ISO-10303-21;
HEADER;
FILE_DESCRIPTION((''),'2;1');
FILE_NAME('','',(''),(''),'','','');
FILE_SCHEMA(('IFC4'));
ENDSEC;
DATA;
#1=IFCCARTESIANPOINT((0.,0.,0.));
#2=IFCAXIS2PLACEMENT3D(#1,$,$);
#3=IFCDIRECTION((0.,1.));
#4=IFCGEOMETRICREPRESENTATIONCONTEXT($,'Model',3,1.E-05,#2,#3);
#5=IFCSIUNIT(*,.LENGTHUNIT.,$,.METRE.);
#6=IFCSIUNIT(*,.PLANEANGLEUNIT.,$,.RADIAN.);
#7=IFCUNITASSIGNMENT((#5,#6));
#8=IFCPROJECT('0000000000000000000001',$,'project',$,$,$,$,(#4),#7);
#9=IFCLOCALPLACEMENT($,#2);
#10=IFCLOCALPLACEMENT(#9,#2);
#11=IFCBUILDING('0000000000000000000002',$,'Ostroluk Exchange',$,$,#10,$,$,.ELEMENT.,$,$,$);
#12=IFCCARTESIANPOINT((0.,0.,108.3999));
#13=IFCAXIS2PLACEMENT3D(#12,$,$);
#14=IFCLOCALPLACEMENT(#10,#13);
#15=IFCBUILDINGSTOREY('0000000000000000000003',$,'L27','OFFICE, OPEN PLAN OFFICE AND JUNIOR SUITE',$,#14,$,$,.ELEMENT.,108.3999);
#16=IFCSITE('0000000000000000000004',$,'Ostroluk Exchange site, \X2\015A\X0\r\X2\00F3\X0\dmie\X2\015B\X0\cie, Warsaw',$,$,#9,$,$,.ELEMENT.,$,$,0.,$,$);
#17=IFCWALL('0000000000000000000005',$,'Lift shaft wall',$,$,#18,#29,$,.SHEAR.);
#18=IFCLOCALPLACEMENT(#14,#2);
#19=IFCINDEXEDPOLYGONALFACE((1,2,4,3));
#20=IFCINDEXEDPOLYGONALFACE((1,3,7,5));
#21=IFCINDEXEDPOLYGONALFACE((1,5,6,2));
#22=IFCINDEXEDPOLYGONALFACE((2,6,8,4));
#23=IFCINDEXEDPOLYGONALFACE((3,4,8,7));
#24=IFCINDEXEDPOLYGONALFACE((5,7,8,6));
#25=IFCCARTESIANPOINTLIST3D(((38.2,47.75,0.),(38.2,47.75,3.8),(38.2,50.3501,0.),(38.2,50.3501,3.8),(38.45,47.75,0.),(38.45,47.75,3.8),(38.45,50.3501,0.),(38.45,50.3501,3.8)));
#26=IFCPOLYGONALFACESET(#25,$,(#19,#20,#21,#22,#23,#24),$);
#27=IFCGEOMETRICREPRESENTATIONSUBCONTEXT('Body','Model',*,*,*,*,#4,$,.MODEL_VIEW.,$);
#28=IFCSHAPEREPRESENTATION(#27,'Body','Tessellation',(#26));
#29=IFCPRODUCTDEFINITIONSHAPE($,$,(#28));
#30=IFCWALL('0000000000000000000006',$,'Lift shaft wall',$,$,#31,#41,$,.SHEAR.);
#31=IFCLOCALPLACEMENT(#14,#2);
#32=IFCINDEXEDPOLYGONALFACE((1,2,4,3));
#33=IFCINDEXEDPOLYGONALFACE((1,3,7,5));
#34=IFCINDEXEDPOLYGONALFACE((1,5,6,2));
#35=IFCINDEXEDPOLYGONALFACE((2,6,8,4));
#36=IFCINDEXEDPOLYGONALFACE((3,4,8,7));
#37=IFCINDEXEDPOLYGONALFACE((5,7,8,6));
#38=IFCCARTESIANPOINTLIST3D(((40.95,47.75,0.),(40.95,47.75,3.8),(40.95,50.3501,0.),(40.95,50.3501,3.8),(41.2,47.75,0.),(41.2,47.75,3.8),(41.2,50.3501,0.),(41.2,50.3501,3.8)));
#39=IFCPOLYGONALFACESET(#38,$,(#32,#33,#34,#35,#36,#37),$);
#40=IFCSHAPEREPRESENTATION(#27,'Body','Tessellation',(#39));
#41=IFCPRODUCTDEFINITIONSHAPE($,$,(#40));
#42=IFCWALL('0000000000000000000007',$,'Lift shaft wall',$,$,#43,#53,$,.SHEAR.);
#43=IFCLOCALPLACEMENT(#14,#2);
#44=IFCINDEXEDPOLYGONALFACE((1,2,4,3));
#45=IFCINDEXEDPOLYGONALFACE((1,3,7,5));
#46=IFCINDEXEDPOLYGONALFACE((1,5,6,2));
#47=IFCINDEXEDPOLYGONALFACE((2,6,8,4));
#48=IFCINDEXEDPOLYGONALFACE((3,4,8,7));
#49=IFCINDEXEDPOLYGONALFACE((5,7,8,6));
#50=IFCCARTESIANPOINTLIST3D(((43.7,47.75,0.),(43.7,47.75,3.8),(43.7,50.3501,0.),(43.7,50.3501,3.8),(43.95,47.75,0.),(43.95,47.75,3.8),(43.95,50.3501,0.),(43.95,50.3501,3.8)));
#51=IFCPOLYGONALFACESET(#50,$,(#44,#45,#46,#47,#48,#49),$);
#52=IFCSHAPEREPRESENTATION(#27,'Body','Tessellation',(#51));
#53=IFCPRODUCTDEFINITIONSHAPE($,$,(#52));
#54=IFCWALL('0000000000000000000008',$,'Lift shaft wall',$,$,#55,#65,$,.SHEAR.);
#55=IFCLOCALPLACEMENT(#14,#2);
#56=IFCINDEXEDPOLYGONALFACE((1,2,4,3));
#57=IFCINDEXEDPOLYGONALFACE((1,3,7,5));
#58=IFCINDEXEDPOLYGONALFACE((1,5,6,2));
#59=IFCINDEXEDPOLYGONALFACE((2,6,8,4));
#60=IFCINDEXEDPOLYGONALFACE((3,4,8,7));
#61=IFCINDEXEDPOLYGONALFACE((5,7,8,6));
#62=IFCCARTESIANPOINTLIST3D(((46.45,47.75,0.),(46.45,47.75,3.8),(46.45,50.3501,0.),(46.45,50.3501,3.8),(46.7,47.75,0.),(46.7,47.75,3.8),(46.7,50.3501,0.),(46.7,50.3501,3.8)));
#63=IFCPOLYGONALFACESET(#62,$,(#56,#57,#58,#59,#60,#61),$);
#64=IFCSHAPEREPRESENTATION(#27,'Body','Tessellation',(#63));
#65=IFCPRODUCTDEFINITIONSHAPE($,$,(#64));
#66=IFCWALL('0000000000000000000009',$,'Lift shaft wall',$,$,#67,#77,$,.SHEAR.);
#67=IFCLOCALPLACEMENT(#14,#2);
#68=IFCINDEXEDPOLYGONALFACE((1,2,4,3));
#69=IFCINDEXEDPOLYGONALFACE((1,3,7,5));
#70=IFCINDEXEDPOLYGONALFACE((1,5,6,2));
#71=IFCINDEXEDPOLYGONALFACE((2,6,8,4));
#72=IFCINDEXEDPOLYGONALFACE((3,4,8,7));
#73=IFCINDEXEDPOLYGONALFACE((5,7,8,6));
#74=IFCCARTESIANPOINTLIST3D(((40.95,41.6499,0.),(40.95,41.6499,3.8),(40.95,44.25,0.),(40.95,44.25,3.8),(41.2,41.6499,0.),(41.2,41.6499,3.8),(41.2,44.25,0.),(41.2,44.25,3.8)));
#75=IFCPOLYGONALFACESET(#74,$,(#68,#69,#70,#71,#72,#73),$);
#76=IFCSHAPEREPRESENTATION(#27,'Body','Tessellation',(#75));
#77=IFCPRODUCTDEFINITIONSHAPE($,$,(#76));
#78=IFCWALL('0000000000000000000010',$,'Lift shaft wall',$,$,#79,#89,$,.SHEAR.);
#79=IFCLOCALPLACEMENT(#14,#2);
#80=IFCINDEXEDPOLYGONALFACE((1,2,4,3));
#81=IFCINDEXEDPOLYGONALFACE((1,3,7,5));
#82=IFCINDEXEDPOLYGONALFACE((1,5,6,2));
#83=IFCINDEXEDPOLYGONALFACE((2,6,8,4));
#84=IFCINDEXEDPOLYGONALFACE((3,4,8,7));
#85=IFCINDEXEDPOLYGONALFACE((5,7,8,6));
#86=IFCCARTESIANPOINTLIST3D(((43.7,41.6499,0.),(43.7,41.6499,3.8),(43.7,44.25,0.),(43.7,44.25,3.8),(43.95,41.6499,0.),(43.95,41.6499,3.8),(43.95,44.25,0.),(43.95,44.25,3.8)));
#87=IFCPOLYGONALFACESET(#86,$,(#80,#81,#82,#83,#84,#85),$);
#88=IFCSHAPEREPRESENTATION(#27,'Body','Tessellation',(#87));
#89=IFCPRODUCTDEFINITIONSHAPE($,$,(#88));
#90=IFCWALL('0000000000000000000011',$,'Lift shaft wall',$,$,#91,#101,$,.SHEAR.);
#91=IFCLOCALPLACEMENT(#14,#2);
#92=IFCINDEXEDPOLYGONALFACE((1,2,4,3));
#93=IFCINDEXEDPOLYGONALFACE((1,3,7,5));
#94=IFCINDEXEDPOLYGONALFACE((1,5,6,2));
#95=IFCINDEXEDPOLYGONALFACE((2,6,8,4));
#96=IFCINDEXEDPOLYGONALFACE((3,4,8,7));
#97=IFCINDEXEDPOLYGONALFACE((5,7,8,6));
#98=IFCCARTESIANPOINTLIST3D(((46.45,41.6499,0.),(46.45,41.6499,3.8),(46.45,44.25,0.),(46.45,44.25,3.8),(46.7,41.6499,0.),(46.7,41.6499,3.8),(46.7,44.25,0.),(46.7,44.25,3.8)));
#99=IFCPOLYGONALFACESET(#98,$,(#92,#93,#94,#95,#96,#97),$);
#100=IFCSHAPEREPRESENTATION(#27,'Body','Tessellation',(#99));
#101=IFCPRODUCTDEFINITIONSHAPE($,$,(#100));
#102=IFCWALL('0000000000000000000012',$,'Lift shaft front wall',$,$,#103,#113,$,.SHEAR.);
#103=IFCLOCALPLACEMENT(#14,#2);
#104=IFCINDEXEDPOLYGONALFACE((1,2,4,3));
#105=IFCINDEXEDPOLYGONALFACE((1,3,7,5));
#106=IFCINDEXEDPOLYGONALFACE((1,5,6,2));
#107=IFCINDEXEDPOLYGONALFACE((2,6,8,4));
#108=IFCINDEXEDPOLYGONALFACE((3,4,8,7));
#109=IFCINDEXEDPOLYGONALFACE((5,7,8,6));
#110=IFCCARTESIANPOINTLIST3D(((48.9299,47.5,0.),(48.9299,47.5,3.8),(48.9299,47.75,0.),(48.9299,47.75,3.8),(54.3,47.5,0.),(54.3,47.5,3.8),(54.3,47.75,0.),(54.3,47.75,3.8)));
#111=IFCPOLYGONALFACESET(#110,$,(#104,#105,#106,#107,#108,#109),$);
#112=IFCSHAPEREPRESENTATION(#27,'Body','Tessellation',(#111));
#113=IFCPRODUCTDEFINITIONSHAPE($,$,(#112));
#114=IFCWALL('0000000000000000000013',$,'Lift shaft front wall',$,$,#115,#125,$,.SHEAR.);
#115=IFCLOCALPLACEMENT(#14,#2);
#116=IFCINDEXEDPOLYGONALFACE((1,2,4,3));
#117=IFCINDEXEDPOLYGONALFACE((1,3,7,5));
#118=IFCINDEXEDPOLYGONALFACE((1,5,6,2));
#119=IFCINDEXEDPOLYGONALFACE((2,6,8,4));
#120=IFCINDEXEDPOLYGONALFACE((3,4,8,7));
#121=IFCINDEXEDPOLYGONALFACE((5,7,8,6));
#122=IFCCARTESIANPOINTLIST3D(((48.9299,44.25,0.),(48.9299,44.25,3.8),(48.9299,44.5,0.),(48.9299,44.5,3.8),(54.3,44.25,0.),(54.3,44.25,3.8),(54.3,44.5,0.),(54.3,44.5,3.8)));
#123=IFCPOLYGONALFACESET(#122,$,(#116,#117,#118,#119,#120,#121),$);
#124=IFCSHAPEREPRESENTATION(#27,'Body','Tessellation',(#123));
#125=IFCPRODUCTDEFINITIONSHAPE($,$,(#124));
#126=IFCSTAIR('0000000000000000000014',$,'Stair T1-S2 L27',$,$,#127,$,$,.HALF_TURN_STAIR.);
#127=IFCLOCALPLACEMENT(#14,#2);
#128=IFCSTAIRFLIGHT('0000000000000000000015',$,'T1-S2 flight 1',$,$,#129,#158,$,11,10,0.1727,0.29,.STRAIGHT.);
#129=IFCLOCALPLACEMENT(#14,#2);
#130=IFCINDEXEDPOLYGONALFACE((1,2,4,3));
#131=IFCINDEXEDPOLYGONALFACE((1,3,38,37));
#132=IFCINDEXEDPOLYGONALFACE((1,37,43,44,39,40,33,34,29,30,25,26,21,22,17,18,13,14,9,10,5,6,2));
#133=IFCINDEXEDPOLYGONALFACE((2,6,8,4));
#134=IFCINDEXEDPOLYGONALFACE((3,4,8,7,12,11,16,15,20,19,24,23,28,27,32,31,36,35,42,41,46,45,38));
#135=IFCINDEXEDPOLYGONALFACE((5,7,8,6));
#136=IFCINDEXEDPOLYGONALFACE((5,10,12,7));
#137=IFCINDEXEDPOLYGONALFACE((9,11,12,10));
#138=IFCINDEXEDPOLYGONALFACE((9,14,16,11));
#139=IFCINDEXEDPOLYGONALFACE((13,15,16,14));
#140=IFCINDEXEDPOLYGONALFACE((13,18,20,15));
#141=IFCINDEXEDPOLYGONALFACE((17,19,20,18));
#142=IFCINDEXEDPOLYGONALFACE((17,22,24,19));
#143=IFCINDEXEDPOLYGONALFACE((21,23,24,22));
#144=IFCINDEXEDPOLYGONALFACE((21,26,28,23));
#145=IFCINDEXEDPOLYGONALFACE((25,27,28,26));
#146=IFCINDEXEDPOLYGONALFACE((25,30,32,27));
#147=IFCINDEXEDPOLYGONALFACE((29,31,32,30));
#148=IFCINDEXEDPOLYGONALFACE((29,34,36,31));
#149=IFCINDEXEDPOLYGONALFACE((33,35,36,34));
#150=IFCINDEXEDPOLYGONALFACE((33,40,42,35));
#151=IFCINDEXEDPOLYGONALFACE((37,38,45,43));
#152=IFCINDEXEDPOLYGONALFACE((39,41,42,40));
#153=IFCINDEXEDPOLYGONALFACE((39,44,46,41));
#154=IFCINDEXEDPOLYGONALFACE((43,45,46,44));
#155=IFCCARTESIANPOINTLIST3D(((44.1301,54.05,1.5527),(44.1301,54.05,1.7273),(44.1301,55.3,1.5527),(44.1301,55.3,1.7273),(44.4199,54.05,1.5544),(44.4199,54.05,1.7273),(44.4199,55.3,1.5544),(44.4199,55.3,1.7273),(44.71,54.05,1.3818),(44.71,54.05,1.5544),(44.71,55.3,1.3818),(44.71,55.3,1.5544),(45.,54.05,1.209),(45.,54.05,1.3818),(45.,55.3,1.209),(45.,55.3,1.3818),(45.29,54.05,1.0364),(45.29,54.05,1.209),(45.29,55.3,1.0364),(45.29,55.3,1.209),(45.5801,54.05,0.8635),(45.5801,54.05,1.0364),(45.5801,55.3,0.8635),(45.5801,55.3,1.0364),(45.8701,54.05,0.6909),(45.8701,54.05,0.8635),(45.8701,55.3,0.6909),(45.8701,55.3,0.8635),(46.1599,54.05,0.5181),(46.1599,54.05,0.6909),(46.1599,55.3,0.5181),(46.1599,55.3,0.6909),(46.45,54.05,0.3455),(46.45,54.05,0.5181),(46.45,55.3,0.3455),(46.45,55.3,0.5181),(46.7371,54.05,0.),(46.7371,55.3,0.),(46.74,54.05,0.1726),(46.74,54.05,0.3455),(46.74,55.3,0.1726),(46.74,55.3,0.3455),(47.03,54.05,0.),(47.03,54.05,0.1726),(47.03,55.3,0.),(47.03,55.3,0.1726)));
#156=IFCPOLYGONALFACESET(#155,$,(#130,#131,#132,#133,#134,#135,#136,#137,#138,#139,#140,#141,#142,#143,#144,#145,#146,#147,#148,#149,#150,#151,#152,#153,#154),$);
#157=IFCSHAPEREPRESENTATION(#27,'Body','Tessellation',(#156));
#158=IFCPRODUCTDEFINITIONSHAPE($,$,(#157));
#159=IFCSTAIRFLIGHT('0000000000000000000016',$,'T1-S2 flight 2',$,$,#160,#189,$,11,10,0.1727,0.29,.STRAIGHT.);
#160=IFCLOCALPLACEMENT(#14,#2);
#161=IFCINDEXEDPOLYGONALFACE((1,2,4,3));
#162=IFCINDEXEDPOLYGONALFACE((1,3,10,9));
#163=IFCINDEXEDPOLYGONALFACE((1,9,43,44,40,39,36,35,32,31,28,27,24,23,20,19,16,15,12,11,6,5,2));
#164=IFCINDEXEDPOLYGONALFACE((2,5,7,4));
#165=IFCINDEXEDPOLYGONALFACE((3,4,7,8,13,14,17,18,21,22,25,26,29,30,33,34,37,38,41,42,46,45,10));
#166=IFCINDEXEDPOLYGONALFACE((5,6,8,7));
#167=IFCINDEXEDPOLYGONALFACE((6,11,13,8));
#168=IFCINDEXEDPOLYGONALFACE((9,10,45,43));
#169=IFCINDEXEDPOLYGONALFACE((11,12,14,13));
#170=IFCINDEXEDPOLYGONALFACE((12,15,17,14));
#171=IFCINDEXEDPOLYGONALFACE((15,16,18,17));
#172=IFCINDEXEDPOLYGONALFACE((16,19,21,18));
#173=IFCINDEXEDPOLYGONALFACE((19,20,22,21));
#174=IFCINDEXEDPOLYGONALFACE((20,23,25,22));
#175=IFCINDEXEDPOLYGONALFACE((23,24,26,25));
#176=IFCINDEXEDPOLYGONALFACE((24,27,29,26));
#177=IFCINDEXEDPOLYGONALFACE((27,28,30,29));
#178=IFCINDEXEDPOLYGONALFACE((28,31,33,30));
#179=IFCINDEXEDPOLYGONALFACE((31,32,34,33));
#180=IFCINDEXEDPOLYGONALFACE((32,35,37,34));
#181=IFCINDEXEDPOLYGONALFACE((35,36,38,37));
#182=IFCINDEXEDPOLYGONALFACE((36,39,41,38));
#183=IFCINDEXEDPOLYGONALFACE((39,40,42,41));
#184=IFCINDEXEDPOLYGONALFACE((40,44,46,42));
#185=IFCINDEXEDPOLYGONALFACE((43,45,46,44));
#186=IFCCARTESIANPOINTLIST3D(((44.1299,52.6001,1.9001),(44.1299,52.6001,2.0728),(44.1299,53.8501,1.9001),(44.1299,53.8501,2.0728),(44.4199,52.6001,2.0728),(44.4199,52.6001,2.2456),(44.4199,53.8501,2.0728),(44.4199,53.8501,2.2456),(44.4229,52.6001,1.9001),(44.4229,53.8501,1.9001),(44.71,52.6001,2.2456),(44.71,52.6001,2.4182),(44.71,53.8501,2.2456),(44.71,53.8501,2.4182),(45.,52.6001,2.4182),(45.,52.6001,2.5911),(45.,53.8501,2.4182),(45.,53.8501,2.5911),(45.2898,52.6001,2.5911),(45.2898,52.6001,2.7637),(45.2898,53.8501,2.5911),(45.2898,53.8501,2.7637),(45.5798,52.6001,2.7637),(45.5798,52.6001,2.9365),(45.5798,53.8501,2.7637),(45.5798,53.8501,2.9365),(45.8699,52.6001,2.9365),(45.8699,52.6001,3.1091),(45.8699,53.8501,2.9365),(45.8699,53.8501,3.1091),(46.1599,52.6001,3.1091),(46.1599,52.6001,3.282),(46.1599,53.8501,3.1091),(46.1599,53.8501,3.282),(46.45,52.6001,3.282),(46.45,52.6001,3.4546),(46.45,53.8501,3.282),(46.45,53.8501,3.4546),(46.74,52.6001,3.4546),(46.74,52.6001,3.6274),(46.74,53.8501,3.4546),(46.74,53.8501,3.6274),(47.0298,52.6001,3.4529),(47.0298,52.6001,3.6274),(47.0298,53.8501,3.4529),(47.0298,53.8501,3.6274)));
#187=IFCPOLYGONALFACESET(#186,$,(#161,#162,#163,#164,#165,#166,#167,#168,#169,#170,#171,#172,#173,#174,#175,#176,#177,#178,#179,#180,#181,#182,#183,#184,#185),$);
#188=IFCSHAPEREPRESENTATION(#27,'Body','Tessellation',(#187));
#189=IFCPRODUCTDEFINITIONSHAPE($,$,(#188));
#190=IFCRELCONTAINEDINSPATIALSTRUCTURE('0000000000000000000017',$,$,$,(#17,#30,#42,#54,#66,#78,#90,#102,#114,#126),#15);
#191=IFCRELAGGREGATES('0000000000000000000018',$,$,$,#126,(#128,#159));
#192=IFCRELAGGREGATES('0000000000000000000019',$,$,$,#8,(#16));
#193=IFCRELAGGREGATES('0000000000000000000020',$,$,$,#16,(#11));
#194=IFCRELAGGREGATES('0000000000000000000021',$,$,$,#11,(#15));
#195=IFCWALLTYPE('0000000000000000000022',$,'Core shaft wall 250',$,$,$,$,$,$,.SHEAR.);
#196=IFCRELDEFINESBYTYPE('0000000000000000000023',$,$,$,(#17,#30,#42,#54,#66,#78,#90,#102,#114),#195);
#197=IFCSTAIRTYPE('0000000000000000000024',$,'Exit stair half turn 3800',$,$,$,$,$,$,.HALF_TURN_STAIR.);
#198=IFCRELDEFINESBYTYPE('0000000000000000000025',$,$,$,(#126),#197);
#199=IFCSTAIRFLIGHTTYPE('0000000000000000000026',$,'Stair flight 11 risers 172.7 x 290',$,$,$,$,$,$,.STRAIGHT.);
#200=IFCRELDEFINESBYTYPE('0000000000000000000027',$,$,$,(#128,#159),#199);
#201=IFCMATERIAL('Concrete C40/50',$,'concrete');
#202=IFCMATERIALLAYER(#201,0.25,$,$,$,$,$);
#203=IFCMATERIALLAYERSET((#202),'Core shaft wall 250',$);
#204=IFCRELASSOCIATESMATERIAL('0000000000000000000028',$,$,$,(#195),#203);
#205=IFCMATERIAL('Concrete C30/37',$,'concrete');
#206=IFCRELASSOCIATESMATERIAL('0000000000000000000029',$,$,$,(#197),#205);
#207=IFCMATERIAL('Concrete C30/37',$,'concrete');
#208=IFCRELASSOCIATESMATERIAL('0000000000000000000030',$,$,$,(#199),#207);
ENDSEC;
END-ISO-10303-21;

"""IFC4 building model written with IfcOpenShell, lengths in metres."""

from ifc_helpers import new_model, si_unit, direction, frame, frame_2d, origin, place, context, subcontext, project, spatial, polyline, rectangle, outline, extrude, material, layer, layer_set, type_object, element, aggregate, save


model = new_model("IFC4")

# Units and contexts
model_context = context("Model", 3, precision=1e-05, world=origin(), true_north=direction((0.0, 1.0)))
body_context = subcontext(model_context, "Body", "Model", "MODEL_VIEW")
ifc_project = project(units=[si_unit("LENGTHUNIT", "METRE"), si_unit("PLANEANGLEUNIT", "RADIAN")], contexts=[model_context])

# Site, building, storey
site_placement = place(None, origin())
site = spatial("IfcSite", under=ifc_project, at=site_placement, Name="Ostroluk Exchange site, Śródmieście, Warsaw", CompositionType="ELEMENT", RefElevation=0.0)
building_placement = place(site_placement, origin())
building = spatial("IfcBuilding", under=site, at=building_placement, Name="Ostroluk Exchange", CompositionType="ELEMENT")
storey_placement = place(building_placement, frame((0.0, 0.0, 108.3999)))
storey = spatial("IfcBuildingStorey", under=building, at=storey_placement, Name="L27", Description="OFFICE, OPEN PLAN OFFICE AND JUNIOR SUITE", CompositionType="ELEMENT", Elevation=108.3999)

# Walls
ifc_material_1 = material(Name="Concrete C40/50", Category="concrete")
ifc_layer_1 = layer(ifc_material_1, 0.25)
ifc_layer_set_1 = layer_set([ifc_layer_1], Name="Core shaft wall 250")
wall_type_1 = type_object("IfcWallType", Name="Core shaft wall 250", PredefinedType="SHEAR", material=ifc_layer_set_1)
for number, where, z_axis, x_axis, name in (
    (1, (38.325, 47.75, 0.0), (0.0, 0.0, 1.0), (0.0, 1.0, 0.0), "Lift shaft wall"),
    (2, (41.075, 47.75, 0.0), (0.0, 0.0, 1.0), (0.0, 1.0, 0.0), "Lift shaft wall"),
    (3, (43.825, 47.75, 0.0), (0.0, 0.0, 1.0), (0.0, 1.0, 0.0), "Lift shaft wall"),
    (4, (46.575, 47.75, 0.0), (0.0, 0.0, 1.0), (0.0, 1.0, 0.0), "Lift shaft wall"),
    (5, (41.075, 44.25, 0.0), (0.0, 0.0, 1.0), (0.0, -1.0, 0.0), "Lift shaft wall"),
    (6, (43.825, 44.25, 0.0), (0.0, 0.0, 1.0), (0.0, -1.0, 0.0), "Lift shaft wall"),
    (7, (46.575, 44.25, 0.0), (0.0, 0.0, 1.0), (0.0, -1.0, 0.0), "Lift shaft wall"),
):
    element("IfcWall", number, at=place(storey_placement, frame(where, z_axis=z_axis, x_axis=x_axis)), inside=storey, type_object=wall_type_1, Name=name, PredefinedType="SHEAR", context=body_context, shape_type="SweptSolid", body=[
        extrude(rectangle(XDim=2.6001, YDim=0.25, at=frame_2d((1.3, 0.0))), origin(), (0.0, 0.0, 1.0), 3.8),
    ])
for number, where, z_axis, x_axis, name in (
    (8, (48.9299, 47.625, 0.0), (0.0, 0.0, 1.0), (1.0, 0.0, 0.0), "Lift shaft front wall"),
    (9, (48.9299, 44.375, 0.0), (0.0, 0.0, 1.0), (1.0, 0.0, 0.0), "Lift shaft front wall"),
):
    element("IfcWall", number, at=place(storey_placement, frame(where, z_axis=z_axis, x_axis=x_axis)), inside=storey, type_object=wall_type_1, Name=name, PredefinedType="SHEAR", context=body_context, shape_type="SweptSolid", body=[
        extrude(rectangle(XDim=5.3701, YDim=0.25, at=frame_2d((2.6851, 0.0))), origin(), (0.0, 0.0, 1.0), 3.8),
    ])

# Stair, stair flights
ifc_material_2 = material(Name="Concrete C30/37", Category="concrete")
stair_type = type_object("IfcStairType", Name="Exit stair half turn 3800", PredefinedType="HALF_TURN_STAIR", material=ifc_material_2)
stair_placement = place(storey_placement, origin())
stair = element("IfcStair", 10, at=stair_placement, inside=storey, type_object=stair_type, Name="Stair T1-S2 L27", PredefinedType="HALF_TURN_STAIR")
ifc_material_3 = material(Name="Concrete C30/37", Category="concrete")
stair_flight_type = type_object("IfcStairFlightType", Name="Stair flight 11 risers 172.7 x 290", PredefinedType="STRAIGHT", material=ifc_material_3)
stair_flight_1_placement = place(storey_placement, frame((47.03, 54.675, 0.0), z_axis=(0.0, 0.0, 1.0), x_axis=(-1.0, 0.0, 0.0)))
stair_flight_1 = element("IfcStairFlight", 11, at=stair_flight_1_placement, type_object=stair_flight_type, Name="T1-S2 flight 1", NumberOfRisers=11, NumberOfTreads=10, PredefinedType="STRAIGHT", RiserHeight=0.1727, TreadLength=0.29, context=body_context, shape_type="SweptSolid", body=[
    extrude(outline(polyline([(0.0, 0.0), (0.0, 0.1726), (0.29, 0.1726), (0.29, 0.3455), (0.5801, 0.3455), (0.5801, 0.5181), (0.8701, 0.5181), (0.8701, 0.6909), (1.1599, 0.6909), (1.1599, 0.8635), (1.45, 0.8635), (1.45, 1.0364), (1.74, 1.0364), (1.74, 1.209), (2.03, 1.209), (2.03, 1.3818), (2.3201, 1.3818), (2.3201, 1.5544), (2.6101, 1.5544), (2.6101, 1.7273), (2.8999, 1.7273), (2.8999, 1.8999), (2.8999, 1.5527), (0.293, 0.0), (0.0, 0.0)])), frame((0.0, 0.625, 0.0), z_axis=(0.0, -1.0, 0.0), x_axis=(1.0, 0.0, 0.0)), (0.0, 0.0, 1.0), 1.25),
])
stair_flight_2_placement = place(storey_placement, frame((44.1299, 53.2251, 1.9001), z_axis=(0.0, 0.0, 1.0), x_axis=(1.0, 0.0, 0.0)))
stair_flight_2 = element("IfcStairFlight", 12, at=stair_flight_2_placement, type_object=stair_flight_type, Name="T1-S2 flight 2", NumberOfRisers=11, NumberOfTreads=10, PredefinedType="STRAIGHT", RiserHeight=0.1727, TreadLength=0.29, context=body_context, shape_type="SweptSolid", body=[
    extrude(outline(polyline([(0.0, 0.0), (0.0, 0.1726), (0.29, 0.1726), (0.29, 0.3455), (0.5801, 0.3455), (0.5801, 0.5181), (0.8701, 0.5181), (0.8701, 0.6909), (1.1599, 0.6909), (1.1599, 0.8635), (1.45, 0.8635), (1.45, 1.0364), (1.74, 1.0364), (1.74, 1.209), (2.03, 1.209), (2.03, 1.3818), (2.3201, 1.3818), (2.3201, 1.5544), (2.6101, 1.5544), (2.6101, 1.7273), (2.8999, 1.7273), (2.8999, 1.8999), (2.8999, 1.5527), (0.293, 0.0), (0.0, 0.0)])), frame((0.0, 0.625, 0.0), z_axis=(0.0, -1.0, 0.0), x_axis=(1.0, 0.0, 0.0)), (0.0, 0.0, 1.0), 1.25),
])
aggregate(stair, [stair_flight_1, stair_flight_2])

save(model, "model.ifc")
